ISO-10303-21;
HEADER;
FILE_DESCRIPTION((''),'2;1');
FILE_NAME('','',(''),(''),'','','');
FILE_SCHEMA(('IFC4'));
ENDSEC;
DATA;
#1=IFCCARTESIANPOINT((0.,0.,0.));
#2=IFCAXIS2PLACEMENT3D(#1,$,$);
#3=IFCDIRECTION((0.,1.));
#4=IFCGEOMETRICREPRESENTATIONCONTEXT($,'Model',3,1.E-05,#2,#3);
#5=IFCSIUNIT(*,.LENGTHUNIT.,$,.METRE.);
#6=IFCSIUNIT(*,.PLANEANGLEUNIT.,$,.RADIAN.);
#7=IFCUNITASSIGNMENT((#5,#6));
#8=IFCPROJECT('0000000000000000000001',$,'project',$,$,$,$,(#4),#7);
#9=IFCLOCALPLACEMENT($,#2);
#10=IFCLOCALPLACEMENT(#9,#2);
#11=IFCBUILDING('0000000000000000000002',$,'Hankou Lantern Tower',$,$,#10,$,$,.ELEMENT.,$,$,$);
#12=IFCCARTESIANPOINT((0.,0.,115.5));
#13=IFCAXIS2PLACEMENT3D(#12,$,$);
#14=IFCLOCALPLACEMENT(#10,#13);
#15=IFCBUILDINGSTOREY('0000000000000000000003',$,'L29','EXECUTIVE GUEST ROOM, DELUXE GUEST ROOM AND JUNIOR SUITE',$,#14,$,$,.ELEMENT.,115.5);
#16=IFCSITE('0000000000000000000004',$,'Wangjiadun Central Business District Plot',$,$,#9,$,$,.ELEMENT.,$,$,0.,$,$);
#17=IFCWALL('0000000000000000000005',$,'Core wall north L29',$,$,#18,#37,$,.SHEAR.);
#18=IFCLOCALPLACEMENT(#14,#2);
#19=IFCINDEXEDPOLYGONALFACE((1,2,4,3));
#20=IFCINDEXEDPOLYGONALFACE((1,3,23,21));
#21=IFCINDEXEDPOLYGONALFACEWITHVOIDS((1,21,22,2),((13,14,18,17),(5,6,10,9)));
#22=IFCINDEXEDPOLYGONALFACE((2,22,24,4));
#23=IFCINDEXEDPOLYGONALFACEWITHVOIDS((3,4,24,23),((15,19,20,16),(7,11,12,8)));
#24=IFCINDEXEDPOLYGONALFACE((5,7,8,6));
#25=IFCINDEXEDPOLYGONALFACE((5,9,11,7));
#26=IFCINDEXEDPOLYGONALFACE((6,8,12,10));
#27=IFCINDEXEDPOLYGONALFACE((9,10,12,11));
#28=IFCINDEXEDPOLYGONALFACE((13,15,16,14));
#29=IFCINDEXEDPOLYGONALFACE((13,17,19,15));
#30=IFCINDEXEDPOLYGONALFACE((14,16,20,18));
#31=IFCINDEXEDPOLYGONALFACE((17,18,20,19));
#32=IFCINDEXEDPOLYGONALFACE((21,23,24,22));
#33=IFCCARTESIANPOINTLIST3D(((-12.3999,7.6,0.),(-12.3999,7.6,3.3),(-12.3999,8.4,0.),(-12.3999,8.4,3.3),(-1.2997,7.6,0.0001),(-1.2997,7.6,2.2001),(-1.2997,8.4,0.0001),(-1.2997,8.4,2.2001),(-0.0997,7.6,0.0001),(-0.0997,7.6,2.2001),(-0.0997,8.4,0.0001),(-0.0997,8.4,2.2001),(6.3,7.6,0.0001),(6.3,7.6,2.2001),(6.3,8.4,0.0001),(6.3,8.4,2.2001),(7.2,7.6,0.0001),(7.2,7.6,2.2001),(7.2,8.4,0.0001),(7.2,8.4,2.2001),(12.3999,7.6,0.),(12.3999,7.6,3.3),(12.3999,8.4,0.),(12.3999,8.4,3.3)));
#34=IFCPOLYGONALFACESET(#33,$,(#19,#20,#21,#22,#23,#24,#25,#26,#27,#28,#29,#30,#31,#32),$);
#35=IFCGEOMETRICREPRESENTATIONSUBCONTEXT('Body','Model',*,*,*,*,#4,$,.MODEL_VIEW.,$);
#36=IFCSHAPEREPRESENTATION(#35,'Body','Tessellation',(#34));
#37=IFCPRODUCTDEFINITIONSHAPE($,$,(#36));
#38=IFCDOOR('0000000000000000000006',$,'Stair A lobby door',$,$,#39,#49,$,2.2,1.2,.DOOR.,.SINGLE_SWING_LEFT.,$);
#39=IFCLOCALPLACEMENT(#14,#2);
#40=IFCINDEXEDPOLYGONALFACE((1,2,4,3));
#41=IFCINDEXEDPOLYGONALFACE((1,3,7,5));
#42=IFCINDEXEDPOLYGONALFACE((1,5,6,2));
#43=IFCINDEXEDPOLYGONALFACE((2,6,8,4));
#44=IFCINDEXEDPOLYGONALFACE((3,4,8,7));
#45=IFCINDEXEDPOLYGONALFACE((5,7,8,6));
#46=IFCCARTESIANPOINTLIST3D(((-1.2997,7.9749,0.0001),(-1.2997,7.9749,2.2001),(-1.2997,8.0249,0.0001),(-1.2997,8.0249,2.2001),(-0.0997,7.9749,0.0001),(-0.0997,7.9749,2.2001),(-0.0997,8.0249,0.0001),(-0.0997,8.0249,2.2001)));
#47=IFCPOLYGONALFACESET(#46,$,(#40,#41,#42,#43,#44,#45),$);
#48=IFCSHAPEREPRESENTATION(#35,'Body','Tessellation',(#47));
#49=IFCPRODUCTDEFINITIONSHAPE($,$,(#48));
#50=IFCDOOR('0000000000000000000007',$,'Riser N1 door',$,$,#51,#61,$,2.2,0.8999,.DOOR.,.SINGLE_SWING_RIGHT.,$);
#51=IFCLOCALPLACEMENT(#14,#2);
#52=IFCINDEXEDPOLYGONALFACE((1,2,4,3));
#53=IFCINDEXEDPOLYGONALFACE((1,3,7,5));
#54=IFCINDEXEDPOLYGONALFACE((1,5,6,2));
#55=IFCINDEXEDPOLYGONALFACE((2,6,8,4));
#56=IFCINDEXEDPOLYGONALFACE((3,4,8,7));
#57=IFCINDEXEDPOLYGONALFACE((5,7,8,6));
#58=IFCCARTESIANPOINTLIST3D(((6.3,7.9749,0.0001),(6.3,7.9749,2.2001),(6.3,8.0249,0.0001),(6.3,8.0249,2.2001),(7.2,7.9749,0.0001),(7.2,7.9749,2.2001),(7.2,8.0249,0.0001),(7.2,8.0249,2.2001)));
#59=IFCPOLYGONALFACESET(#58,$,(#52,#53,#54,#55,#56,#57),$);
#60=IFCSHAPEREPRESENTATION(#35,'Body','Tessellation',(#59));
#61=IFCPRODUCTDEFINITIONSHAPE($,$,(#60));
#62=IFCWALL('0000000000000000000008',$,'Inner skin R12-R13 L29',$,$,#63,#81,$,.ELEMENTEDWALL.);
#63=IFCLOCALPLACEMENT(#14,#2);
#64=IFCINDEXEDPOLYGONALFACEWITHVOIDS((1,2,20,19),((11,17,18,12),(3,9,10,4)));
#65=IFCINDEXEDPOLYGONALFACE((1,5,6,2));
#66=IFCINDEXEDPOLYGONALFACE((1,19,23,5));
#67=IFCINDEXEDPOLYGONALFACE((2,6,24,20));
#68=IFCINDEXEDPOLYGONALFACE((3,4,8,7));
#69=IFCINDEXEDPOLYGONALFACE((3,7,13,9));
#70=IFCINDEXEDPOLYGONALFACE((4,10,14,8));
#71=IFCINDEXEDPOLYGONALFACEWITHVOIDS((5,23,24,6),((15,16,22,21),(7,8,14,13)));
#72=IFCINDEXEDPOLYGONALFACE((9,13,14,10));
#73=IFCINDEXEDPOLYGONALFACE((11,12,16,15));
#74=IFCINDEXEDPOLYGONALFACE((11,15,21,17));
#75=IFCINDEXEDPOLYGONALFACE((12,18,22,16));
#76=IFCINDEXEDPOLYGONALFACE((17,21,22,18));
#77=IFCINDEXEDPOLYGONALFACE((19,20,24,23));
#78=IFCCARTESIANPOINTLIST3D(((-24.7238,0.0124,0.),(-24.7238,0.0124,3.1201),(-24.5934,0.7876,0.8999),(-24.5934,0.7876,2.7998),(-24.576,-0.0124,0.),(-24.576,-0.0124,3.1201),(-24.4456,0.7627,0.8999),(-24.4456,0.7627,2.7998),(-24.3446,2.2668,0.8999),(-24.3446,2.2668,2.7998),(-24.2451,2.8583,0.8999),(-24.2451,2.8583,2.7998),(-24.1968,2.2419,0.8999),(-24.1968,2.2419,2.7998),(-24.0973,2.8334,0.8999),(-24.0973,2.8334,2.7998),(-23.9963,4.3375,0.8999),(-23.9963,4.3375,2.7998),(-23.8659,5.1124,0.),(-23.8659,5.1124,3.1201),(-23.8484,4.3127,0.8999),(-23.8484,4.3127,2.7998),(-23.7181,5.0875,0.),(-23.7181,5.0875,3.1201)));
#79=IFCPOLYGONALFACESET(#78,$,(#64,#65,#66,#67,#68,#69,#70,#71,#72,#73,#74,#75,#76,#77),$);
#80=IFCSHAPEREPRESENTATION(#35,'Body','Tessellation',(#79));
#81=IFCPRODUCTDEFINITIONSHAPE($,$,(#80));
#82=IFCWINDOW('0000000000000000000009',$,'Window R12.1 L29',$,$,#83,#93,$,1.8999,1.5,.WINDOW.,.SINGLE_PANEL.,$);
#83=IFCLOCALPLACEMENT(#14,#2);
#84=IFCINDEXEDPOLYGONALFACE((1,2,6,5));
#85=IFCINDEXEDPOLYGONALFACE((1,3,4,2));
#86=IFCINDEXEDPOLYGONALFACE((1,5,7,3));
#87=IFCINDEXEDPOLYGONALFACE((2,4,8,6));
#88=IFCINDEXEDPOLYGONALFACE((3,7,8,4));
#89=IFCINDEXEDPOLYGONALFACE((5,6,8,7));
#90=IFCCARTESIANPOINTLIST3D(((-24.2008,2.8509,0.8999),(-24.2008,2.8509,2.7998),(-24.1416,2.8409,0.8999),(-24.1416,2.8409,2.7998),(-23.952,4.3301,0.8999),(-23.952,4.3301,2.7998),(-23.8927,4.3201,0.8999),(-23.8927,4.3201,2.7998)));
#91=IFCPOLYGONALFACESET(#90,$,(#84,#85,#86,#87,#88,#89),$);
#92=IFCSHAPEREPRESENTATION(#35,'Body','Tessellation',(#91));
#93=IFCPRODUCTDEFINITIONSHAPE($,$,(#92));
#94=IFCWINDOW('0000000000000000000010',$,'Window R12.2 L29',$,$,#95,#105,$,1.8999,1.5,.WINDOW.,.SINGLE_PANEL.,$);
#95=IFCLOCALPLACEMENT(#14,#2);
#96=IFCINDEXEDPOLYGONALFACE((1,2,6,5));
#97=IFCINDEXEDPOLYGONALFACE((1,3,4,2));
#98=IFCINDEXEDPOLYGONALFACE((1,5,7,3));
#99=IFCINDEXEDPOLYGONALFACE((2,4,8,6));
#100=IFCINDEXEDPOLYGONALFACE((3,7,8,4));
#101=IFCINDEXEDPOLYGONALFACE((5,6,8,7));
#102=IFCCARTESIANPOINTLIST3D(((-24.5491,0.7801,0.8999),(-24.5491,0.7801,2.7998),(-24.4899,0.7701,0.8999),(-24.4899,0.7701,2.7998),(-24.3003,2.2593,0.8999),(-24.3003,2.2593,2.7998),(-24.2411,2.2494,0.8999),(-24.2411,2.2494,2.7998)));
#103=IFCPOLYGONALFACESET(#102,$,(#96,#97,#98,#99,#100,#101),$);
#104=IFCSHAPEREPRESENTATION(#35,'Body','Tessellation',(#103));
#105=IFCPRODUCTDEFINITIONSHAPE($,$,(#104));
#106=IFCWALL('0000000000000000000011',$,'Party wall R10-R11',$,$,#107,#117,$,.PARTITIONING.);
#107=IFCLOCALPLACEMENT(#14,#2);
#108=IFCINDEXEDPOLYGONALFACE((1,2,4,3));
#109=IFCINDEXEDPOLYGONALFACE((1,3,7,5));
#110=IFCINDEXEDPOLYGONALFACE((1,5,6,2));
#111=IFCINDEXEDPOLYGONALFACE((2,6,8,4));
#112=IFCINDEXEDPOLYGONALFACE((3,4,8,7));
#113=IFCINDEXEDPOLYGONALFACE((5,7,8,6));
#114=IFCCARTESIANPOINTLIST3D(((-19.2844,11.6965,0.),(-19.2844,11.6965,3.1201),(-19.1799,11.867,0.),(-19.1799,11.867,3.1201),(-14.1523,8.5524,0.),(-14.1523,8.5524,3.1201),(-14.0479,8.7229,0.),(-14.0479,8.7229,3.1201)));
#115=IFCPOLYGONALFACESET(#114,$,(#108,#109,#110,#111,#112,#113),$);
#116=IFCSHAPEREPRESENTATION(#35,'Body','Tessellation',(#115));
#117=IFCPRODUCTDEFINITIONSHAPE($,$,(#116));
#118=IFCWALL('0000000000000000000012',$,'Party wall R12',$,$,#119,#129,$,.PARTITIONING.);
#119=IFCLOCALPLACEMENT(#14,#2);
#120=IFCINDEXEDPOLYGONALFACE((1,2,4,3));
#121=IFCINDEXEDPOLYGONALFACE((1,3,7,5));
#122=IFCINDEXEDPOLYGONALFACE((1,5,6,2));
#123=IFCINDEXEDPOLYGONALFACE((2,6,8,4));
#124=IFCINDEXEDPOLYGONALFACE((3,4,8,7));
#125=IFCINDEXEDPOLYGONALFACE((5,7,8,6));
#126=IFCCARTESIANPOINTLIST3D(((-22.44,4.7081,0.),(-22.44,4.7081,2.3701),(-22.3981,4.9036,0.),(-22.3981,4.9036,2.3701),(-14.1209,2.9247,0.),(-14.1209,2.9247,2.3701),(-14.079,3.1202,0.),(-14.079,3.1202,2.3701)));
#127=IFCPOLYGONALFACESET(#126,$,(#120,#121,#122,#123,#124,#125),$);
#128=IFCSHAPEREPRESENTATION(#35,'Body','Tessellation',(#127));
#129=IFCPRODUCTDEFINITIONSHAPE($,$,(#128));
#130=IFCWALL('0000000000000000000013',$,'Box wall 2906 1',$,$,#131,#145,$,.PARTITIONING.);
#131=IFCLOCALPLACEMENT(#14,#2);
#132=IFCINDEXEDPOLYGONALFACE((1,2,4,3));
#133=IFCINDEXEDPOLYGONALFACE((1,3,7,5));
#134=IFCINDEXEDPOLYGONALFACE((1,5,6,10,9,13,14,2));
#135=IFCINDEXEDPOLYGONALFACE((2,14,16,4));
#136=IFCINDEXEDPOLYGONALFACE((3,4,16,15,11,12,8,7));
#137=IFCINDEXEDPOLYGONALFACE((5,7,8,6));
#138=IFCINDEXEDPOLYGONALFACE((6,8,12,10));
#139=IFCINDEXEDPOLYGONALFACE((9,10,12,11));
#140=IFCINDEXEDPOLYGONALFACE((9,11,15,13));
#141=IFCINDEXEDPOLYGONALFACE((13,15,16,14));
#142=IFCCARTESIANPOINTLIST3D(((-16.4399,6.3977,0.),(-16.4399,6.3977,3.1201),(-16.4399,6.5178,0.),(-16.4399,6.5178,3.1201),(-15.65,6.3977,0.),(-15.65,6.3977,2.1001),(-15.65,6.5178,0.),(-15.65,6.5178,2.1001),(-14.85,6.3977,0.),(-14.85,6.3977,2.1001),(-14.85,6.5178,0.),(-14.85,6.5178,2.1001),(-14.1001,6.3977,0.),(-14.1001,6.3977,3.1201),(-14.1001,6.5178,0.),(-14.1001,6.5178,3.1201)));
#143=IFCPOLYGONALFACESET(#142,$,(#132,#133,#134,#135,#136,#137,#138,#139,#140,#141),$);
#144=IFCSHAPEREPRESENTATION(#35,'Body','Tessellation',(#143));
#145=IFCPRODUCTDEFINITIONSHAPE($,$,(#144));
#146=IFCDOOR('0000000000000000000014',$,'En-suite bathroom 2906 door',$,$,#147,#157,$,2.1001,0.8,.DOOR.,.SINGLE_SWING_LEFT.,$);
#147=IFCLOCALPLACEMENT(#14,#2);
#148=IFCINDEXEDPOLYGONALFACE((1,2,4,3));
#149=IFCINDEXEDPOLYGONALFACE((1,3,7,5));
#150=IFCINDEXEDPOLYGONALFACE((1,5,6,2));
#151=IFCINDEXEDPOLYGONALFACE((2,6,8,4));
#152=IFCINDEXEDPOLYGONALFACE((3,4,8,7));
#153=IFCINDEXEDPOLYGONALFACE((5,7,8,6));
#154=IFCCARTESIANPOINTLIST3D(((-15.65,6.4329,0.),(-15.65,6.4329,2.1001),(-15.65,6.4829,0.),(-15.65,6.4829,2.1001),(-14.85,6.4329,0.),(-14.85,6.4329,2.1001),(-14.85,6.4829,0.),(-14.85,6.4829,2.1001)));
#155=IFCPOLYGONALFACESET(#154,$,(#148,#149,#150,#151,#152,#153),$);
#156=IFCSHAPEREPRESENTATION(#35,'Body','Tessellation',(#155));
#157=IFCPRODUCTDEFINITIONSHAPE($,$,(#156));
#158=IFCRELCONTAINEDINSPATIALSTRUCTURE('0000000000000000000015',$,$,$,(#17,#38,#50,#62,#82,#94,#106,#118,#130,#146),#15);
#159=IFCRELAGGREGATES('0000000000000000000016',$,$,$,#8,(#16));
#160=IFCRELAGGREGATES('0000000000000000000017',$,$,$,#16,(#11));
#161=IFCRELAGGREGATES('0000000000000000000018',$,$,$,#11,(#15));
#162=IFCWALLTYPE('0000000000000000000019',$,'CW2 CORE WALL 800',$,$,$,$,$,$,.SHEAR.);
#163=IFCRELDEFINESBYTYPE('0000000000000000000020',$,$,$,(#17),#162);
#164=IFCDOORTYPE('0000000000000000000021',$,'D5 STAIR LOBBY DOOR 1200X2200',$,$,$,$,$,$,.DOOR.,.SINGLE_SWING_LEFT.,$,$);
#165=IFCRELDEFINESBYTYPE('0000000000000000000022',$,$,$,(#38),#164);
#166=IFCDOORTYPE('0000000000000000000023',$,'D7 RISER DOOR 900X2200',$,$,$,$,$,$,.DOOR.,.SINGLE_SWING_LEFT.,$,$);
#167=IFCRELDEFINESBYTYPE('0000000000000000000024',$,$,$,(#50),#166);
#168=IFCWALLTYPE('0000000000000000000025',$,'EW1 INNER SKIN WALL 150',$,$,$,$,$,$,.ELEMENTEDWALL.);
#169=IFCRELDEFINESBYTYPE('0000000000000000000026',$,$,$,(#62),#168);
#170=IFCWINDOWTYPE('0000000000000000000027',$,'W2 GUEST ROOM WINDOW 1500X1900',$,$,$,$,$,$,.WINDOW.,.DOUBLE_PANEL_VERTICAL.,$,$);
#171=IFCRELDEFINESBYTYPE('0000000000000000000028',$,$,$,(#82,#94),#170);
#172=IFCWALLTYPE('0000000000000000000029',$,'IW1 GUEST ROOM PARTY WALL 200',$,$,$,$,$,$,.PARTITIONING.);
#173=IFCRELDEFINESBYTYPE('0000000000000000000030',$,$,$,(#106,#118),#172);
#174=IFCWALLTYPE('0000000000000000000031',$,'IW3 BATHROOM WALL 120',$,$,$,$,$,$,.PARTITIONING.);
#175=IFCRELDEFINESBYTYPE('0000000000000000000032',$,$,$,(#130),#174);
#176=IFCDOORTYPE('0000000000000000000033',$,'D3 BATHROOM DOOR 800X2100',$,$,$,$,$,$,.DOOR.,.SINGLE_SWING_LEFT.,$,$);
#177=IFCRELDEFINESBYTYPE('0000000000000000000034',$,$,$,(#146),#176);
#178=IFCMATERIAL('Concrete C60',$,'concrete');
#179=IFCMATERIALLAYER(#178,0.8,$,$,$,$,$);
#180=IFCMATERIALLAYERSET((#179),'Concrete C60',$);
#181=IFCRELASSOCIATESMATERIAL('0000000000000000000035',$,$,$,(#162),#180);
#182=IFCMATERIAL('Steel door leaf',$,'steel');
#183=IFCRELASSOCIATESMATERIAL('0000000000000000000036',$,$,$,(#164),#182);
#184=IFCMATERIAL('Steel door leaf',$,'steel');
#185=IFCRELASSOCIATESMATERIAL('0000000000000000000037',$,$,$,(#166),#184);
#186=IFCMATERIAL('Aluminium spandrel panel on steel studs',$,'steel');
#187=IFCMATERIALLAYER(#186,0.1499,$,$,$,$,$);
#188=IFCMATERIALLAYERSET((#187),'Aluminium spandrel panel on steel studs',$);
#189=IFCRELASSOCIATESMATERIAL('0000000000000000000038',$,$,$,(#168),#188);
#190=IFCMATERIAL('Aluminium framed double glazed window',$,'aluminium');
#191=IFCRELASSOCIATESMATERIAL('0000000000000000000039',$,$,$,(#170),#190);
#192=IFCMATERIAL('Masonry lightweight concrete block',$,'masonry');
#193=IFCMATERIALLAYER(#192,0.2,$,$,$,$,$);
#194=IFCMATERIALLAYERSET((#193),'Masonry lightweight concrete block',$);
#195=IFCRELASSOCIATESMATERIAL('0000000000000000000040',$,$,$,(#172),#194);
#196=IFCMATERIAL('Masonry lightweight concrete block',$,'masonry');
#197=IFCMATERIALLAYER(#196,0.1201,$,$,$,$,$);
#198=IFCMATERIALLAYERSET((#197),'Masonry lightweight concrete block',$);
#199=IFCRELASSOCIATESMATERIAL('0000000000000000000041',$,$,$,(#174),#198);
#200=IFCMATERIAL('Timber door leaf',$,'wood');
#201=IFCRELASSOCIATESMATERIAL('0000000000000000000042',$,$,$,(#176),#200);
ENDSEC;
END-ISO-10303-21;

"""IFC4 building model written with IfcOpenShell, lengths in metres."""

from ifc_helpers import new_model, si_unit, direction, frame, frame_2d, origin, place, context, subcontext, project, spatial, rectangle, extrude, material, layer, layer_set, type_object, element, fill, save


model = new_model("IFC4")

# Units and contexts
model_context = context("Model", 3, precision=1e-05, world=origin(), true_north=direction((0.0, 1.0)))
body_context = subcontext(model_context, "Body", "Model", "MODEL_VIEW")
ifc_project = project(units=[si_unit("LENGTHUNIT", "METRE"), si_unit("PLANEANGLEUNIT", "RADIAN")], contexts=[model_context])

# Site, building, storey
site_placement = place(None, origin())
site = spatial("IfcSite", under=ifc_project, at=site_placement, Name="Wangjiadun Central Business District Plot", CompositionType="ELEMENT", RefElevation=0.0)
building_placement = place(site_placement, origin())
building = spatial("IfcBuilding", under=site, at=building_placement, Name="Hankou Lantern Tower", CompositionType="ELEMENT")
storey_placement = place(building_placement, frame((0.0, 0.0, 115.5)))
storey = spatial("IfcBuildingStorey", under=building, at=storey_placement, Name="L29", Description="EXECUTIVE GUEST ROOM, DELUXE GUEST ROOM AND JUNIOR SUITE", CompositionType="ELEMENT", Elevation=115.5)

# Wall, openings, doors
ifc_material_1 = material(Name="Concrete C60", Category="concrete")
ifc_layer_1 = layer(ifc_material_1, 0.8)
ifc_layer_set_1 = layer_set([ifc_layer_1], Name="Concrete C60")
wall_type_1 = type_object("IfcWallType", Name="CW2 CORE WALL 800", PredefinedType="SHEAR", material=ifc_layer_set_1)
wall_1_placement = place(storey_placement, frame((-12.3999, 8.0, 0.0), z_axis=(0.0, 0.0, 1.0), x_axis=(1.0, 0.0, 0.0)))
wall_1 = element("IfcWall", 1, at=wall_1_placement, inside=storey, type_object=wall_type_1, Name="Core wall north L29", PredefinedType="SHEAR", context=body_context, shape_type="SweptSolid", body=[
    extrude(rectangle(XDim=24.7998, YDim=0.8, at=frame_2d((12.3999, 0.0))), origin(), (0.0, 0.0, 1.0), 3.3),
])
opening_1_placement = place(wall_1_placement, frame((11.1001, 0.0, 0.0)))
opening_1 = element("IfcOpeningElement", 2, at=opening_1_placement, cuts=wall_1, PredefinedType="OPENING", context=body_context, shape_type="SweptSolid", body=[
    extrude(rectangle(XDim=1.2, YDim=2.2, at=frame_2d((0.6001, 1.1001))), frame((0.0, 0.4099, 0.0), z_axis=(0.0, -1.0, 0.0), x_axis=(1.0, 0.0, 0.0)), (0.0, 0.0, 1.0), 0.8201),
])
opening_2_placement = place(wall_1_placement, frame((18.7, 0.0, 0.0)))
opening_2 = element("IfcOpeningElement", 3, at=opening_2_placement, cuts=wall_1, PredefinedType="OPENING", context=body_context, shape_type="SweptSolid", body=[
    extrude(rectangle(XDim=0.8999, YDim=2.2, at=frame_2d((0.45, 1.1001))), frame((0.0, 0.4099, 0.0), z_axis=(0.0, -1.0, 0.0), x_axis=(1.0, 0.0, 0.0)), (0.0, 0.0, 1.0), 0.8201),
])
ifc_material_2 = material(Name="Steel door leaf", Category="steel")
door_type_1 = type_object("IfcDoorType", Name="D5 STAIR LOBBY DOOR 1200X2200", OperationType="SINGLE_SWING_LEFT", PredefinedType="DOOR", material=ifc_material_2)
door_1_placement = place(opening_1_placement, origin())
door_1 = element("IfcDoor", 4, at=door_1_placement, inside=storey, type_object=door_type_1, Name="Stair A lobby door", OperationType="SINGLE_SWING_LEFT", OverallHeight=2.2, OverallWidth=1.2, PredefinedType="DOOR", context=body_context, shape_type="SweptSolid", body=[
    extrude(rectangle(XDim=1.2, YDim=2.2, at=frame_2d((0.6001, 1.1001))), frame((0.0, 0.0249, 0.0), z_axis=(0.0, -1.0, 0.0), x_axis=(1.0, 0.0, 0.0)), (0.0, 0.0, 1.0), 0.05),
])
fill(opening_1, door_1)
ifc_material_3 = material(Name="Steel door leaf", Category="steel")
door_type_2 = type_object("IfcDoorType", Name="D7 RISER DOOR 900X2200", OperationType="SINGLE_SWING_LEFT", PredefinedType="DOOR", material=ifc_material_3)
door_2_placement = place(opening_2_placement, origin())
door_2 = element("IfcDoor", 5, at=door_2_placement, inside=storey, type_object=door_type_2, Name="Riser N1 door", OperationType="SINGLE_SWING_RIGHT", OverallHeight=2.2, OverallWidth=0.8999, PredefinedType="DOOR", context=body_context, shape_type="SweptSolid", body=[
    extrude(rectangle(XDim=0.8999, YDim=2.2, at=frame_2d((0.45, 1.1001))), frame((0.0, 0.0249, 0.0), z_axis=(0.0, -1.0, 0.0), x_axis=(1.0, 0.0, 0.0)), (0.0, 0.0, 1.0), 0.05),
])
fill(opening_2, door_2)

# Wall, openings, windows
ifc_material_4 = material(Name="Aluminium spandrel panel on steel studs", Category="steel")
ifc_layer_2 = layer(ifc_material_4, 0.1499)
ifc_layer_set_2 = layer_set([ifc_layer_2], Name="Aluminium spandrel panel on steel studs")
wall_type_2 = type_object("IfcWallType", Name="EW1 INNER SKIN WALL 150", PredefinedType="ELEMENTEDWALL", material=ifc_layer_set_2)
wall_2_placement = place(storey_placement, frame((-23.792, 5.1001, 0.0), z_axis=(0.0, 0.0, 1.0), x_axis=(-0.165884, -0.986145, 0.0)))
wall_2 = element("IfcWall", 6, at=wall_2_placement, inside=storey, type_object=wall_type_2, Name="Inner skin R12-R13 L29", PredefinedType="ELEMENTEDWALL", context=body_context, shape_type="SweptSolid", body=[
    extrude(rectangle(XDim=5.1716, YDim=0.1499, at=frame_2d((2.5859, 0.0))), origin(), (0.0, 0.0, 1.0), 3.1201),
])
opening_3_placement = place(wall_2_placement, frame((0.7859, 0.0, 0.8999)))
opening_3 = element("IfcOpeningElement", 7, at=opening_3_placement, cuts=wall_2, PredefinedType="OPENING", context=body_context, shape_type="SweptSolid", body=[
    extrude(rectangle(XDim=1.5, YDim=1.8999, at=frame_2d((0.75, 0.95))), frame((0.0, 0.085, 0.0), z_axis=(0.0, -1.0, 0.0), x_axis=(1.0, 0.0, 0.0)), (0.0, 0.0, 1.0), 0.1699),
])
opening_4_placement = place(wall_2_placement, frame((2.8857, 0.0, 0.8999)))
opening_4 = element("IfcOpeningElement", 8, at=opening_4_placement, cuts=wall_2, PredefinedType="OPENING", context=body_context, shape_type="SweptSolid", body=[
    extrude(rectangle(XDim=1.5, YDim=1.8999, at=frame_2d((0.75, 0.95))), frame((0.0, 0.085, 0.0), z_axis=(0.0, -1.0, 0.0), x_axis=(1.0, 0.0, 0.0)), (0.0, 0.0, 1.0), 0.1699),
])
ifc_material_5 = material(Name="Aluminium framed double glazed window", Category="aluminium")
window_type = type_object("IfcWindowType", Name="W2 GUEST ROOM WINDOW 1500X1900", PartitioningType="DOUBLE_PANEL_VERTICAL", PredefinedType="WINDOW", material=ifc_material_5)
window_1_placement = place(opening_3_placement, origin())
window_1 = element("IfcWindow", 9, at=window_1_placement, inside=storey, type_object=window_type, Name="Window R12.1 L29", OverallHeight=1.8999, OverallWidth=1.5, PartitioningType="SINGLE_PANEL", PredefinedType="WINDOW", context=body_context, shape_type="SweptSolid", body=[
    extrude(rectangle(XDim=1.5, YDim=1.8999, at=frame_2d((0.75, 0.95))), frame((0.0, 0.03, 0.0), z_axis=(0.0, -1.0, 0.0), x_axis=(1.0, 0.0, 0.0)), (0.0, 0.0, 1.0), 0.0601),
])
fill(opening_3, window_1)
window_2_placement = place(opening_4_placement, origin())
window_2 = element("IfcWindow", 10, at=window_2_placement, inside=storey, type_object=window_type, Name="Window R12.2 L29", OverallHeight=1.8999, OverallWidth=1.5, PartitioningType="SINGLE_PANEL", PredefinedType="WINDOW", context=body_context, shape_type="SweptSolid", body=[
    extrude(rectangle(XDim=1.5, YDim=1.8999, at=frame_2d((0.75, 0.95))), frame((0.0, 0.03, 0.0), z_axis=(0.0, -1.0, 0.0), x_axis=(1.0, 0.0, 0.0)), (0.0, 0.0, 1.0), 0.0601),
])
fill(opening_4, window_2)

# Walls
ifc_material_6 = material(Name="Masonry lightweight concrete block", Category="masonry")
ifc_layer_3 = layer(ifc_material_6, 0.2)
ifc_layer_set_3 = layer_set([ifc_layer_3], Name="Masonry lightweight concrete block")
wall_type_3 = type_object("IfcWallType", Name="IW1 GUEST ROOM PARTY WALL 200", PredefinedType="PARTITIONING", material=ifc_layer_set_3)
wall_3_placement = place(storey_placement, frame((-14.1001, 8.6377, 0.0), z_axis=(0.0, 0.0, 1.0), x_axis=(-0.852707, 0.52239, 0.0)))
element("IfcWall", 11, at=wall_3_placement, inside=storey, type_object=wall_type_3, Name="Party wall R10-R11", PredefinedType="PARTITIONING", context=body_context, shape_type="SweptSolid", body=[
    extrude(rectangle(XDim=6.0186, YDim=0.2, at=frame_2d((3.0093, 0.0))), origin(), (0.0, 0.0, 1.0), 3.1201),
])
wall_4_placement = place(storey_placement, frame((-14.1001, 3.0225, 0.0), z_axis=(0.0, 0.0, 1.0), x_axis=(-0.977784, 0.209617, 0.0)))
element("IfcWall", 12, at=wall_4_placement, inside=storey, type_object=wall_type_3, Name="Party wall R12", PredefinedType="PARTITIONING", context=body_context, shape_type="SweptSolid", body=[
    extrude(rectangle(XDim=8.5081, YDim=0.2, at=frame_2d((4.2539, 0.0))), origin(), (0.0, 0.0, 1.0), 2.3701),
])

# Wall, opening, door
ifc_material_7 = material(Name="Masonry lightweight concrete block", Category="masonry")
ifc_layer_4 = layer(ifc_material_7, 0.1201)
ifc_layer_set_4 = layer_set([ifc_layer_4], Name="Masonry lightweight concrete block")
wall_type_4 = type_object("IfcWallType", Name="IW3 BATHROOM WALL 120", PredefinedType="PARTITIONING", material=ifc_layer_set_4)
wall_5_placement = place(storey_placement, frame((-14.1001, 6.4578, 0.0), z_axis=(0.0, 0.0, 1.0), x_axis=(-1.0, 0.0, 0.0)))
wall_5 = element("IfcWall", 13, at=wall_5_placement, inside=storey, type_object=wall_type_4, Name="Box wall 2906 1", PredefinedType="PARTITIONING", context=body_context, shape_type="SweptSolid", body=[
    extrude(rectangle(XDim=2.3398, YDim=0.1201, at=frame_2d((1.1699, 0.0))), origin(), (0.0, 0.0, 1.0), 3.1201),
])
opening_5_placement = place(wall_5_placement, frame((0.75, 0.0, 0.0)))
opening_5 = element("IfcOpeningElement", 14, at=opening_5_placement, cuts=wall_5, PredefinedType="OPENING", context=body_context, shape_type="SweptSolid", body=[
    extrude(rectangle(XDim=0.8, YDim=2.1001, at=frame_2d((0.3999, 1.05))), frame((0.0, 0.0701, 0.0), z_axis=(0.0, -1.0, 0.0), x_axis=(1.0, 0.0, 0.0)), (0.0, 0.0, 1.0), 0.1401),
])
ifc_material_8 = material(Name="Timber door leaf", Category="wood")
door_type_3 = type_object("IfcDoorType", Name="D3 BATHROOM DOOR 800X2100", OperationType="SINGLE_SWING_LEFT", PredefinedType="DOOR", material=ifc_material_8)
door_3_placement = place(opening_5_placement, origin())
door_3 = element("IfcDoor", 15, at=door_3_placement, inside=storey, type_object=door_type_3, Name="En-suite bathroom 2906 door", OperationType="SINGLE_SWING_LEFT", OverallHeight=2.1001, OverallWidth=0.8, PredefinedType="DOOR", context=body_context, shape_type="SweptSolid", body=[
    extrude(rectangle(XDim=0.8, YDim=2.1001, at=frame_2d((0.3999, 1.05))), frame((0.0, 0.0249, 0.0), z_axis=(0.0, -1.0, 0.0), x_axis=(1.0, 0.0, 0.0)), (0.0, 0.0, 1.0), 0.05),
])
fill(opening_5, door_3)

save(model, "model.ifc")
